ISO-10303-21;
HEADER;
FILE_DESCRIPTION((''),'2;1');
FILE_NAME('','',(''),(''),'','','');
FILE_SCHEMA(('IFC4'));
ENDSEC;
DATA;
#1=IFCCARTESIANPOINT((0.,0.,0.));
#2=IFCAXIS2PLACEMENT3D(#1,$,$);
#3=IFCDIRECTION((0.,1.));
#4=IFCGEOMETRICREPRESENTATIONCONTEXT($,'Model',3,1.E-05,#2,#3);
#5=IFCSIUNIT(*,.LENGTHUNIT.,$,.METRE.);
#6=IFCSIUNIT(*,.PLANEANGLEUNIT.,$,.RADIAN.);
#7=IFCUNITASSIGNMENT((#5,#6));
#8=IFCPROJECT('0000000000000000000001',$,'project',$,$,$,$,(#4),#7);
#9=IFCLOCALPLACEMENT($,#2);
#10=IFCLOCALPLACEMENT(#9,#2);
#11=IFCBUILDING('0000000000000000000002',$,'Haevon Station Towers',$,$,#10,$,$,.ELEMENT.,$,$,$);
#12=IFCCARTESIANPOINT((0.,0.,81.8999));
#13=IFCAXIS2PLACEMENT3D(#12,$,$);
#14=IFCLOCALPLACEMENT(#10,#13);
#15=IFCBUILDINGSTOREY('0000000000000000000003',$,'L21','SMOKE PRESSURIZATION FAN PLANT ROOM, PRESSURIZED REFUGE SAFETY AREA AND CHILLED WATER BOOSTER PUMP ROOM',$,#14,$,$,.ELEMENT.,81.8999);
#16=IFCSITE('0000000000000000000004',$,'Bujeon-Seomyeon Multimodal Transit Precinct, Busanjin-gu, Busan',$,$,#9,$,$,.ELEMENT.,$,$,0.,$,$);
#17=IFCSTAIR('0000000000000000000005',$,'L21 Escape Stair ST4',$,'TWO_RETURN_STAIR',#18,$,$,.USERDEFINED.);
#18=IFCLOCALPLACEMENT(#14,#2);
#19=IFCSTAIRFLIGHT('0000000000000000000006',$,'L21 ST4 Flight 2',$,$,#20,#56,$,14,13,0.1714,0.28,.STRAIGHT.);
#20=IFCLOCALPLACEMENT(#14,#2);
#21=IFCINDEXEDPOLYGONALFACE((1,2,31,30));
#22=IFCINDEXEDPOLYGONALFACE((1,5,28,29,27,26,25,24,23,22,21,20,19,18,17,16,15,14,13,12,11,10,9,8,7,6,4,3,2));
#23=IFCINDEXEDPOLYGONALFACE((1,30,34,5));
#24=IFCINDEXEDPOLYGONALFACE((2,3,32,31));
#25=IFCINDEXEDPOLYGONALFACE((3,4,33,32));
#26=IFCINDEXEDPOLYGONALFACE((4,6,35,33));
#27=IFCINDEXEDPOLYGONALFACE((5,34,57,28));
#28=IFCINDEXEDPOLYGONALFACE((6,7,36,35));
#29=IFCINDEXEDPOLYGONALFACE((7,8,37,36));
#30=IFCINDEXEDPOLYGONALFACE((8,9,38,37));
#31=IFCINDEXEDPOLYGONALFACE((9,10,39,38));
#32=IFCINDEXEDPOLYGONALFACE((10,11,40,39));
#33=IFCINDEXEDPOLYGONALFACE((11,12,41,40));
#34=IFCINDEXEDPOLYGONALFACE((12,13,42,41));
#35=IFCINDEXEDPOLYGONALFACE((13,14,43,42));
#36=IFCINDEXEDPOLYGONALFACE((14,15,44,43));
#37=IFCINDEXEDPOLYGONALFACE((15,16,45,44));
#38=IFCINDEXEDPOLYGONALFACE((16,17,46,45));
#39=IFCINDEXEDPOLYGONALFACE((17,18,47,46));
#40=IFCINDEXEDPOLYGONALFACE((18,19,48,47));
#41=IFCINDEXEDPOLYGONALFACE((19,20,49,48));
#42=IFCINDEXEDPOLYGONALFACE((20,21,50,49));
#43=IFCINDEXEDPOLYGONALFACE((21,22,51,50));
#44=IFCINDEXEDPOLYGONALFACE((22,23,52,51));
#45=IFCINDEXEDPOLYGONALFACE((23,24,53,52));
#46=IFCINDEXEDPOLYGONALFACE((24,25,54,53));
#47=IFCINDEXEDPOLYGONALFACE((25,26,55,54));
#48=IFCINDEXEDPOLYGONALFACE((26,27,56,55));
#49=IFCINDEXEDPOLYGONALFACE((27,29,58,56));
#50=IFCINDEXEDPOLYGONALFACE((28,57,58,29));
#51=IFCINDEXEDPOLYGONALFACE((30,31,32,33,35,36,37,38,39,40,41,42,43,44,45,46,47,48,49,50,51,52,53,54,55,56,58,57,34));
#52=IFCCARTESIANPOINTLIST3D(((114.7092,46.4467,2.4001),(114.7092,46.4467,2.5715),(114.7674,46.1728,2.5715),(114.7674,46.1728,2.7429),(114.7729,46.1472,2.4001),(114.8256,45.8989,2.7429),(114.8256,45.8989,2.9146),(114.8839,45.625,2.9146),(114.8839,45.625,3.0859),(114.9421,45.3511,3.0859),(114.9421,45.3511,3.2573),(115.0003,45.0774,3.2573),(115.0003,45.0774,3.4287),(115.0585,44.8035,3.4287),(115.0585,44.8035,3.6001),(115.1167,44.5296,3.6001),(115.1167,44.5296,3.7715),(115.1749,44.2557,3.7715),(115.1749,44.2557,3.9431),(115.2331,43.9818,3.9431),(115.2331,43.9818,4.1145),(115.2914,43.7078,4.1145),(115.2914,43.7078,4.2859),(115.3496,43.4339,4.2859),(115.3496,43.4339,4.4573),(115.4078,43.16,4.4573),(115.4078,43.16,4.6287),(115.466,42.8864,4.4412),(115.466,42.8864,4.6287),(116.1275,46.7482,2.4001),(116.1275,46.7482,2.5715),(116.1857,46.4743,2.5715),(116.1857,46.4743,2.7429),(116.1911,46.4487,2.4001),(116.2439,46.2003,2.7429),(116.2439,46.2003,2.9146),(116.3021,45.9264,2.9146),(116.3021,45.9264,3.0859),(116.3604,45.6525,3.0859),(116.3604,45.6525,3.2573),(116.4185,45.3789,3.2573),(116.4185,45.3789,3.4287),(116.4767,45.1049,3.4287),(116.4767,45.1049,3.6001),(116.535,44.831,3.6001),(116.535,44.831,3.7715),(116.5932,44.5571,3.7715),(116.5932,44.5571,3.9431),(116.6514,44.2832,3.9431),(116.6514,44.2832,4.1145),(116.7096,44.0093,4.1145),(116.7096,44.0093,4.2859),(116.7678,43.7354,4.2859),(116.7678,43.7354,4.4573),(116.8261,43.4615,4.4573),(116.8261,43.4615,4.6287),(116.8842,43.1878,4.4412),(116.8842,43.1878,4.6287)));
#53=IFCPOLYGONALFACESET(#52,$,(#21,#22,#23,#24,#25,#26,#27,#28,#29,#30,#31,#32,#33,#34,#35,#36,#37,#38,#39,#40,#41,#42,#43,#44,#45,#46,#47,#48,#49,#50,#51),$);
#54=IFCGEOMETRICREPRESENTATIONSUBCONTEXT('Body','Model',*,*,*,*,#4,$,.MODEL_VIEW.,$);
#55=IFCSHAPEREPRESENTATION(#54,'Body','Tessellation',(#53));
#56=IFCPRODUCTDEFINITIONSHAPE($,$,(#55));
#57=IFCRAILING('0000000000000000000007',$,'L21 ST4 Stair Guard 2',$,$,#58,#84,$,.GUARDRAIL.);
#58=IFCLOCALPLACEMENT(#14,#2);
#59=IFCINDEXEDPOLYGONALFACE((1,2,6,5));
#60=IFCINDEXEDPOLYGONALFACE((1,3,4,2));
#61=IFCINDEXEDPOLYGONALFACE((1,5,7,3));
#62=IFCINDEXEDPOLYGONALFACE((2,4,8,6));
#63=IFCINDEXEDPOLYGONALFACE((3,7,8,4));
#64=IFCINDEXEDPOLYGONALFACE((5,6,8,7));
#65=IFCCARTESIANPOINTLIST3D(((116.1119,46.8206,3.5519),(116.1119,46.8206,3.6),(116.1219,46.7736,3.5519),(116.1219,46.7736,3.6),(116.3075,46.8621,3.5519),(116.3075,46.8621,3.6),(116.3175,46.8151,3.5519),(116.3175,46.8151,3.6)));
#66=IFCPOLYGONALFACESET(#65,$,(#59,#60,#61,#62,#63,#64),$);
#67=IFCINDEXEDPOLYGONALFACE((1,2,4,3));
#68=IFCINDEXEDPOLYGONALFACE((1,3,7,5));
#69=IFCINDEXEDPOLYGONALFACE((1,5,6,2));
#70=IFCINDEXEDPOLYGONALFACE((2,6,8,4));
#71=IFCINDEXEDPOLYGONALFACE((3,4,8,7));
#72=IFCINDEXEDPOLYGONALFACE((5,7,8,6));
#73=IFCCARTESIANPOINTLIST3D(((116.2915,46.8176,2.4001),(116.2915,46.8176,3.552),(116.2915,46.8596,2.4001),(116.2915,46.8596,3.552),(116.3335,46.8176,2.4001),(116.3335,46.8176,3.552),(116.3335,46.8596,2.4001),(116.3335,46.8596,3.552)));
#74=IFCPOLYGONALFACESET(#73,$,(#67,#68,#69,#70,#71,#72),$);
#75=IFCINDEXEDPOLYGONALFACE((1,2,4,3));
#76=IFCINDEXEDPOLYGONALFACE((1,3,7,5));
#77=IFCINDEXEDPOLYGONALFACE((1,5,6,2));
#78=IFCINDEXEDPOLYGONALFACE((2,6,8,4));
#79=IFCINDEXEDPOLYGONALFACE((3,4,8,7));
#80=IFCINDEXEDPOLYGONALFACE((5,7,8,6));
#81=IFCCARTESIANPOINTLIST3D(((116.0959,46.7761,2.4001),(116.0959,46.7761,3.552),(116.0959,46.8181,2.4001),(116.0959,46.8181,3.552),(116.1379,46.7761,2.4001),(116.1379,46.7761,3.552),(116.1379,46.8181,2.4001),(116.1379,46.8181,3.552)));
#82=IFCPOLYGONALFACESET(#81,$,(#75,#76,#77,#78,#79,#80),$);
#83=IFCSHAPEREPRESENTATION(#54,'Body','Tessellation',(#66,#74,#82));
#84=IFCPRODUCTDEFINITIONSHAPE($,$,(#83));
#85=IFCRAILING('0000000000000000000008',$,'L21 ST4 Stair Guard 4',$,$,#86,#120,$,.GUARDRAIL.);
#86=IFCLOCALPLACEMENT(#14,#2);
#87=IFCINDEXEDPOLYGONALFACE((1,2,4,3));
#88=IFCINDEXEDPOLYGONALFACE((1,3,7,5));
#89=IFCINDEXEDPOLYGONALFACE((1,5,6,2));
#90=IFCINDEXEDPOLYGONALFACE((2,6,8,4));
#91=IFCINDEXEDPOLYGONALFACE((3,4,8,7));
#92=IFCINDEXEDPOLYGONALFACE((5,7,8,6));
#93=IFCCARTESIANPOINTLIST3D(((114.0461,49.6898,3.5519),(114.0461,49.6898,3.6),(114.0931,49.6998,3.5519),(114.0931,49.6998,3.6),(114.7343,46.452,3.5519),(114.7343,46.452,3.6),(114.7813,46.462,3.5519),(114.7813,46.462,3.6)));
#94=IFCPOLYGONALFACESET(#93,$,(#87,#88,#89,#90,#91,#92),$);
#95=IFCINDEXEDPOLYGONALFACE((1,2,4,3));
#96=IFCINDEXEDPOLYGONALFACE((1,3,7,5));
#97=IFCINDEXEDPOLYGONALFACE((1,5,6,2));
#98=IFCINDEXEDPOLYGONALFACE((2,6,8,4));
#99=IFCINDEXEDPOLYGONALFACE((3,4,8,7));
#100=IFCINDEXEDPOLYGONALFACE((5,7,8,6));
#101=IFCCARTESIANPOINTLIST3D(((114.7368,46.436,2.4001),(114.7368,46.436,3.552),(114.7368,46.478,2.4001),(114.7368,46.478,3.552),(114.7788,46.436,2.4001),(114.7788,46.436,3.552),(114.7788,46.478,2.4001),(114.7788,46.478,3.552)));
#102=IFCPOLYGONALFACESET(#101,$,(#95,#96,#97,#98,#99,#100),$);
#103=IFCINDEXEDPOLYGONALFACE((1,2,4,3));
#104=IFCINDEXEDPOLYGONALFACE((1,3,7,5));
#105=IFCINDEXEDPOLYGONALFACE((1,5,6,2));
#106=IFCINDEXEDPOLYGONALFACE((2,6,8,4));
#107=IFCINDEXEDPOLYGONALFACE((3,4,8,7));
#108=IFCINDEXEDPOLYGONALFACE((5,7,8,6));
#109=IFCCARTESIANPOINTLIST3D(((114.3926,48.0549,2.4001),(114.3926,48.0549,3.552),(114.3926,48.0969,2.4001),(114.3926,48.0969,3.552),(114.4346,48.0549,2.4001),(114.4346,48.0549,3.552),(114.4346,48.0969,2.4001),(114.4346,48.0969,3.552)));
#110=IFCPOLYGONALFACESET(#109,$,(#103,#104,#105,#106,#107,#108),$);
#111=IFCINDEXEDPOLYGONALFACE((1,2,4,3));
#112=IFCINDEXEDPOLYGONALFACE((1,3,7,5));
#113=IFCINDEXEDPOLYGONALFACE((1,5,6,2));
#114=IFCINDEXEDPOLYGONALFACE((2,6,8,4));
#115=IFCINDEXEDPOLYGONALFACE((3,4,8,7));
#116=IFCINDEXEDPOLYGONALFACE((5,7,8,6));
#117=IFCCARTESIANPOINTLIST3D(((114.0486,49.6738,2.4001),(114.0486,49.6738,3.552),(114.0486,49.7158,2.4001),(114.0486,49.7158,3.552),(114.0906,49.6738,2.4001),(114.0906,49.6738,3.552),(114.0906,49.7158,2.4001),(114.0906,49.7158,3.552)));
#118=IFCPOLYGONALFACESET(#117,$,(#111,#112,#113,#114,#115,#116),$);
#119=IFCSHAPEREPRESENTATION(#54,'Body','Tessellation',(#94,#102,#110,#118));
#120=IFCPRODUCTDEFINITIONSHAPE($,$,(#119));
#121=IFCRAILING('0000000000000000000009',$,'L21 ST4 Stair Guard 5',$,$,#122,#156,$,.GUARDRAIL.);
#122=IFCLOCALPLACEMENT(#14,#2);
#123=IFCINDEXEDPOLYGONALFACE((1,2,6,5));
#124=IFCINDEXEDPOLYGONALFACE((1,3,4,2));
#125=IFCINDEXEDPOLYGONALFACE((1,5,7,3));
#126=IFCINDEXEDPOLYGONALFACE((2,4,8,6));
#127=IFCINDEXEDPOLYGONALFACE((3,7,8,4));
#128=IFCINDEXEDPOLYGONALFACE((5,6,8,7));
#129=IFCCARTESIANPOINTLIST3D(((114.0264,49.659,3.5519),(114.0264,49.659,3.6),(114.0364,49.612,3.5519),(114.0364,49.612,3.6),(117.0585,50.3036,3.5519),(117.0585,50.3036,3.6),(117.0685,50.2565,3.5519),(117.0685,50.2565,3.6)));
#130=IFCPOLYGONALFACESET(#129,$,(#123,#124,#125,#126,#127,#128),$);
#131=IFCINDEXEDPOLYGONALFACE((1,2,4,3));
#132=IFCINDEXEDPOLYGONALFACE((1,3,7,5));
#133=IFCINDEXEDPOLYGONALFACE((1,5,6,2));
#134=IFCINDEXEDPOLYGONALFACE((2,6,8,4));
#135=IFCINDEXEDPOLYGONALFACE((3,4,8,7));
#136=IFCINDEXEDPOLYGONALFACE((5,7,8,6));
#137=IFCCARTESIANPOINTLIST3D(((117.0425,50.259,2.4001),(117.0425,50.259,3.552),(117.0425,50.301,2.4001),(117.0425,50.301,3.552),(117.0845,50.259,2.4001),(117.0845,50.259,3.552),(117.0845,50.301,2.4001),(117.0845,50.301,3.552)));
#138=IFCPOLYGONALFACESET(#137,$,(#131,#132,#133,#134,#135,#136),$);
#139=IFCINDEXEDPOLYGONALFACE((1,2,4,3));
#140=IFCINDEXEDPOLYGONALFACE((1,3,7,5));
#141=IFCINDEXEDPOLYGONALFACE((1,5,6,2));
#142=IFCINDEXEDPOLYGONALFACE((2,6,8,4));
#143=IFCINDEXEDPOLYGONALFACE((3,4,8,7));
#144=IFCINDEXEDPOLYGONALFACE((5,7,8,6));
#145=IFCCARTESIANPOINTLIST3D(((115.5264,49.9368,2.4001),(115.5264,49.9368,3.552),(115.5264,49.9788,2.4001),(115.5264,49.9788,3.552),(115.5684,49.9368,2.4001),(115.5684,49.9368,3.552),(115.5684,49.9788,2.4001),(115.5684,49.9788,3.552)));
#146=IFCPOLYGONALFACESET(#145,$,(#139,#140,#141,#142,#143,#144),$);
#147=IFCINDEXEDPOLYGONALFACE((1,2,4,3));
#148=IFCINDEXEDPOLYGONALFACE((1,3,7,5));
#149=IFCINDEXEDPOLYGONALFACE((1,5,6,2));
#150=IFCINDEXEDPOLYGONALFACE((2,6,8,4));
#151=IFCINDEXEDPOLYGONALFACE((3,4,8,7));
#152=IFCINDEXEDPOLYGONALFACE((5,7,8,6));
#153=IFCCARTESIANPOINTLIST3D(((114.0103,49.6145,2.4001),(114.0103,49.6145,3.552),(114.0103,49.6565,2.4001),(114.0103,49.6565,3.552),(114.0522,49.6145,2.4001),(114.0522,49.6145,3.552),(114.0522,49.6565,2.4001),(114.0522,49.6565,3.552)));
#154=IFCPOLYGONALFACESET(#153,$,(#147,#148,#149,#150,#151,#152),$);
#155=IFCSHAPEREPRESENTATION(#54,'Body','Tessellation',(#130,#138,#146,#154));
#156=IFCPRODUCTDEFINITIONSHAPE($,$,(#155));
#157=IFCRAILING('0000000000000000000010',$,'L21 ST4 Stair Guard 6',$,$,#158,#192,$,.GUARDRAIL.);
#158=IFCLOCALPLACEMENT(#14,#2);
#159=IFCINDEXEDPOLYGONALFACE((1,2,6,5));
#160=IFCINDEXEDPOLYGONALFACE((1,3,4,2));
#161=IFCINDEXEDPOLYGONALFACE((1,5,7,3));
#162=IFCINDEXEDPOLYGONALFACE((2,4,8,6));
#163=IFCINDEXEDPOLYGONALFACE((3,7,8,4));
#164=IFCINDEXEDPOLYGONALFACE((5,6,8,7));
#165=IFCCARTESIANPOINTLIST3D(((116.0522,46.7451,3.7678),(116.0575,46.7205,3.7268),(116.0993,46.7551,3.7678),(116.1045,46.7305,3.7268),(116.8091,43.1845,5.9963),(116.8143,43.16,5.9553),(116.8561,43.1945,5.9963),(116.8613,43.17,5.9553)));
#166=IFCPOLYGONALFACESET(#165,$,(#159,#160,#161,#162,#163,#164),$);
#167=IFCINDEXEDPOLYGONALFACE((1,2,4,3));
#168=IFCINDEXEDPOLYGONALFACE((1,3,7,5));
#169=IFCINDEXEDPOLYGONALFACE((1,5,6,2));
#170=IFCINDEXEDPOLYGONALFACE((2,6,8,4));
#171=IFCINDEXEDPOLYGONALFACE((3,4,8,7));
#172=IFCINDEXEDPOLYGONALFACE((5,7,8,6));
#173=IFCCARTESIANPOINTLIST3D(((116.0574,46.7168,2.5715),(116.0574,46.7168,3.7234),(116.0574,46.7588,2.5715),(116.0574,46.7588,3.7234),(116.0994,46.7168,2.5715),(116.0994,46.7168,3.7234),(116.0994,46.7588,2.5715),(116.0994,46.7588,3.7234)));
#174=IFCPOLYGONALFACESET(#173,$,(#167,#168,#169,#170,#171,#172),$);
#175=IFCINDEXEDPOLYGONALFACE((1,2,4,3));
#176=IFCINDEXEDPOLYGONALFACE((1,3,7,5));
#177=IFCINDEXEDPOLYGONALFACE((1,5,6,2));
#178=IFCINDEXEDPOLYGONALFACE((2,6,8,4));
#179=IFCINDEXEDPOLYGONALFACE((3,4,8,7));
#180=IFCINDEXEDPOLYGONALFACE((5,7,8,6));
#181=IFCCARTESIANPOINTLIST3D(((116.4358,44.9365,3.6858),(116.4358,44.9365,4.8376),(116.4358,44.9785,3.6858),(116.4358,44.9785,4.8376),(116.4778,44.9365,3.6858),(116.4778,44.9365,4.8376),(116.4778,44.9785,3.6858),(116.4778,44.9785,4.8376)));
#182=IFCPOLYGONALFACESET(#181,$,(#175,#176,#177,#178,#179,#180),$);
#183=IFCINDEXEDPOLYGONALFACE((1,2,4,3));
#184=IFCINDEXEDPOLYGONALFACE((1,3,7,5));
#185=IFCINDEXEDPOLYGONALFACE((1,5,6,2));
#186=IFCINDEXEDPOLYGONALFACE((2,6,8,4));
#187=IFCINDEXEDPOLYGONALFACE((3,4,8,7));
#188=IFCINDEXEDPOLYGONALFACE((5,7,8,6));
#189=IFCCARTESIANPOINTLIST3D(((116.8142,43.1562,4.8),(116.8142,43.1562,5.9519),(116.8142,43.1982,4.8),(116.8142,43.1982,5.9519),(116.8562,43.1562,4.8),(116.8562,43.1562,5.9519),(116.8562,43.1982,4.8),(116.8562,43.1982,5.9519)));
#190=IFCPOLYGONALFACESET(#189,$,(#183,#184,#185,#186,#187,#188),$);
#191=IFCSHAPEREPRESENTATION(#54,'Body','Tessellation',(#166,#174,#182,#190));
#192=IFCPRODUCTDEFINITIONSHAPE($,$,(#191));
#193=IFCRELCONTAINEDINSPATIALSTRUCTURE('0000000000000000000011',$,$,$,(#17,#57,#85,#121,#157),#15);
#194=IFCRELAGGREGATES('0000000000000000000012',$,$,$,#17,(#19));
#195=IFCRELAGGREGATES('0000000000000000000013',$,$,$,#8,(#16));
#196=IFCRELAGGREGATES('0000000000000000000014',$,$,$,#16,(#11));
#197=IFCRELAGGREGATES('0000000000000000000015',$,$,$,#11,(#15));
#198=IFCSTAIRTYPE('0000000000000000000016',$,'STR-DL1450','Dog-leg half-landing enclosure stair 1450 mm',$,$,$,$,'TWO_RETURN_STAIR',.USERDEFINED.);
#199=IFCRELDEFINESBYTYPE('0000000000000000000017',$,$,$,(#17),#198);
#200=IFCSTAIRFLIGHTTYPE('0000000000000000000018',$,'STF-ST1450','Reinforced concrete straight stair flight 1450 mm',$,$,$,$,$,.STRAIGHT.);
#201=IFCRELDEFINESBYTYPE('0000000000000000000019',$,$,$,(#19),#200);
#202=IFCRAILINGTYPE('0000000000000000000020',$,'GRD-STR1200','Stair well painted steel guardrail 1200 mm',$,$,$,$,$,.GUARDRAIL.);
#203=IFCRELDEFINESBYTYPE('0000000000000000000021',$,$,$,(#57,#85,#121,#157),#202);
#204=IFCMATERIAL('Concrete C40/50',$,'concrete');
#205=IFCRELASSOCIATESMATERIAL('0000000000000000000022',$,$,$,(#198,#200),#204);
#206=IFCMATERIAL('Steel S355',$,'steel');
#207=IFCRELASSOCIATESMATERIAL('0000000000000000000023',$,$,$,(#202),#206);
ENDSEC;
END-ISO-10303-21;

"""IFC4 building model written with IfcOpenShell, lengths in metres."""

from ifc_helpers import new_model, si_unit, direction, frame, origin, origin_2d, place, context, subcontext, project, spatial, polyline, rectangle, outline, extrude, material, type_object, element, aggregate, save


model = new_model("IFC4")

# Units and contexts
model_context = context("Model", 3, precision=1e-05, world=origin(), true_north=direction((0.0, 1.0)))
body_context = subcontext(model_context, "Body", "Model", "MODEL_VIEW")
ifc_project = project(units=[si_unit("LENGTHUNIT", "METRE"), si_unit("PLANEANGLEUNIT", "RADIAN")], contexts=[model_context])

# Site, building, storey
site_placement = place(None, origin())
site = spatial("IfcSite", under=ifc_project, at=site_placement, Name="Bujeon-Seomyeon Multimodal Transit Precinct, Busanjin-gu, Busan", CompositionType="ELEMENT", RefElevation=0.0)
building_placement = place(site_placement, origin())
building = spatial("IfcBuilding", under=site, at=building_placement, Name="Haevon Station Towers", CompositionType="ELEMENT")
storey_placement = place(building_placement, frame((0.0, 0.0, 81.8999)))
storey = spatial("IfcBuildingStorey", under=building, at=storey_placement, Name="L21", Description="SMOKE PRESSURIZATION FAN PLANT ROOM, PRESSURIZED REFUGE SAFETY AREA AND CHILLED WATER BOOSTER PUMP ROOM", CompositionType="ELEMENT", Elevation=81.8999)

# Shared definitions
ifc_material_1 = material(Name="Steel S355", Category="steel")

# Stair, stair flight
ifc_material_2 = material(Name="Concrete C40/50", Category="concrete")
stair_type = type_object("IfcStairType", Name="STR-DL1450", Description="Dog-leg half-landing enclosure stair 1450 mm", ElementType="TWO_RETURN_STAIR", PredefinedType="USERDEFINED", material=ifc_material_2)
stair_placement = place(storey_placement, origin())
stair = element("IfcStair", 1, at=stair_placement, inside=storey, type_object=stair_type, Name="L21 Escape Stair ST4", ObjectType="TWO_RETURN_STAIR", PredefinedType="USERDEFINED")
stair_flight_type = type_object("IfcStairFlightType", Name="STF-ST1450", Description="Reinforced concrete straight stair flight 1450 mm", PredefinedType="STRAIGHT", material=ifc_material_2)
stair_flight_placement = place(storey_placement, frame((115.4182, 46.5974, 2.4001), z_axis=(0.0, 0.0, 1.0), x_axis=(0.207912, -0.978148, 0.0)))
stair_flight = element("IfcStairFlight", 2, at=stair_flight_placement, type_object=stair_flight_type, Name="L21 ST4 Flight 2", NumberOfRisers=14, NumberOfTreads=13, PredefinedType="STRAIGHT", RiserHeight=0.1714, TreadLength=0.28, context=body_context, shape_type="SweptSolid", body=[
    extrude(outline(polyline([(0.0, 0.0), (0.0, 0.1714), (0.28, 0.1714), (0.28, 0.3428), (0.5601, 0.3428), (0.5601, 0.5144), (0.8401, 0.5144), (0.8401, 0.6858), (1.1201, 0.6858), (1.1201, 0.8572), (1.3999, 0.8572), (1.3999, 1.0286), (1.6799, 1.0286), (1.6799, 1.2), (1.96, 1.2), (1.96, 1.3713), (2.24, 1.3713), (2.24, 1.543), (2.52, 1.543), (2.52, 1.7144), (2.8, 1.7144), (2.8, 1.8857), (3.0801, 1.8857), (3.0801, 2.0571), (3.3601, 2.0571), (3.3601, 2.2285), (3.6399, 2.2285), (3.6399, 2.3999), (3.6399, 2.041), (0.3062, 0.0), (0.0, 0.0)])), frame((0.0, 0.7251, 0.0), z_axis=(0.0, -1.0, 0.0), x_axis=(1.0, 0.0, 0.0)), (0.0, 0.0, 1.0), 1.45),
])
aggregate(stair, [stair_flight])

# Railings
railing_type_1 = type_object("IfcRailingType", Name="GRD-STR1200", Description="Stair well painted steel guardrail 1200 mm", PredefinedType="GUARDRAIL", material=ifc_material_1)
railing_1_placement = place(storey_placement, frame((116.3125, 46.8386, 2.4001)))
element("IfcRailing", 3, at=railing_1_placement, inside=storey, type_object=railing_type_1, Name="L21 ST4 Stair Guard 2", PredefinedType="GUARDRAIL", context=body_context, shape_type="SweptSolid", body=[
    extrude(rectangle(XDim=0.0481, YDim=0.0481, at=origin_2d()), frame((0.0, 0.0, 1.1758), z_axis=(-0.978212, -0.20761, 0.0), x_axis=(0.20761, -0.978212, 0.0)), (0.0, 0.0, 1.0), 0.2),
    extrude(rectangle(XDim=0.042, YDim=0.042, at=origin_2d()), origin(), (0.0, 0.0, 1.0), 1.1519),
    extrude(rectangle(XDim=0.042, YDim=0.042, at=origin_2d()), frame((-0.1956, -0.0415, 0.0)), (0.0, 0.0, 1.0), 1.1519),
])
railing_2_placement = place(storey_placement, frame((114.7578, 46.457, 2.4001)))
element("IfcRailing", 4, at=railing_2_placement, inside=storey, type_object=railing_type_1, Name="L21 ST4 Stair Guard 4", PredefinedType="GUARDRAIL", context=body_context, shape_type="SweptSolid", body=[
    extrude(rectangle(XDim=0.0481, YDim=0.0481, at=origin_2d()), frame((0.0, 0.0, 1.1758), z_axis=(-0.207917, 0.978146, 0.0), x_axis=(-0.978146, -0.207917, 0.0)), (0.0, 0.0, 1.0), 3.3101),
    extrude(rectangle(XDim=0.042, YDim=0.042, at=origin_2d()), origin(), (0.0, 0.0, 1.0), 1.1519),
    extrude(rectangle(XDim=0.042, YDim=0.042, at=origin_2d()), frame((-0.3442, 1.6189, 0.0)), (0.0, 0.0, 1.0), 1.1519),
    extrude(rectangle(XDim=0.042, YDim=0.042, at=origin_2d()), frame((-0.6882, 3.2378, 0.0)), (0.0, 0.0, 1.0), 1.1519),
])
railing_3_placement = place(storey_placement, frame((117.0635, 50.28, 2.4001)))
element("IfcRailing", 5, at=railing_3_placement, inside=storey, type_object=railing_type_1, Name="L21 ST4 Stair Guard 5", PredefinedType="GUARDRAIL", context=body_context, shape_type="SweptSolid", body=[
    extrude(rectangle(XDim=0.0481, YDim=0.0481, at=origin_2d()), frame((0.0, 0.0, 1.1758), z_axis=(-0.978147, -0.207915, 0.0), x_axis=(0.207915, -0.978147, 0.0)), (0.0, 0.0, 1.0), 3.0999),
    extrude(rectangle(XDim=0.042, YDim=0.042, at=origin_2d()), origin(), (0.0, 0.0, 1.0), 1.1519),
    extrude(rectangle(XDim=0.042, YDim=0.042, at=origin_2d()), frame((-1.5161, -0.3223, 0.0)), (0.0, 0.0, 1.0), 1.1519),
    extrude(rectangle(XDim=0.042, YDim=0.042, at=origin_2d()), frame((-3.0322, -0.6445, 0.0)), (0.0, 0.0, 1.0), 1.1519),
])
railing_4_placement = place(storey_placement, frame((116.0784, 46.7378, 2.5715)))
element("IfcRailing", 6, at=railing_4_placement, inside=storey, type_object=railing_type_1, Name="L21 ST4 Stair Guard 6", PredefinedType="GUARDRAIL", context=body_context, shape_type="SweptSolid", body=[
    extrude(rectangle(XDim=0.0481, YDim=0.0481, at=origin_2d()), frame((0.0, 0.0, 1.1758), z_axis=(0.177324, -0.834225, 0.522134), x_axis=(0.978147, 0.207917, 0.0)), (0.0, 0.0, 1.0), 4.2681),
    extrude(rectangle(XDim=0.042, YDim=0.042, at=origin_2d()), origin(), (0.0, 0.0, 1.0), 1.1519),
    extrude(rectangle(XDim=0.042, YDim=0.042, at=origin_2d()), frame((0.3784, -1.7803, 1.1143)), (0.0, 0.0, 1.0), 1.1519),
    extrude(rectangle(XDim=0.042, YDim=0.042, at=origin_2d()), frame((0.7568, -3.5605, 2.2285)), (0.0, 0.0, 1.0), 1.1519),
])

save(model, "model.ifc")
